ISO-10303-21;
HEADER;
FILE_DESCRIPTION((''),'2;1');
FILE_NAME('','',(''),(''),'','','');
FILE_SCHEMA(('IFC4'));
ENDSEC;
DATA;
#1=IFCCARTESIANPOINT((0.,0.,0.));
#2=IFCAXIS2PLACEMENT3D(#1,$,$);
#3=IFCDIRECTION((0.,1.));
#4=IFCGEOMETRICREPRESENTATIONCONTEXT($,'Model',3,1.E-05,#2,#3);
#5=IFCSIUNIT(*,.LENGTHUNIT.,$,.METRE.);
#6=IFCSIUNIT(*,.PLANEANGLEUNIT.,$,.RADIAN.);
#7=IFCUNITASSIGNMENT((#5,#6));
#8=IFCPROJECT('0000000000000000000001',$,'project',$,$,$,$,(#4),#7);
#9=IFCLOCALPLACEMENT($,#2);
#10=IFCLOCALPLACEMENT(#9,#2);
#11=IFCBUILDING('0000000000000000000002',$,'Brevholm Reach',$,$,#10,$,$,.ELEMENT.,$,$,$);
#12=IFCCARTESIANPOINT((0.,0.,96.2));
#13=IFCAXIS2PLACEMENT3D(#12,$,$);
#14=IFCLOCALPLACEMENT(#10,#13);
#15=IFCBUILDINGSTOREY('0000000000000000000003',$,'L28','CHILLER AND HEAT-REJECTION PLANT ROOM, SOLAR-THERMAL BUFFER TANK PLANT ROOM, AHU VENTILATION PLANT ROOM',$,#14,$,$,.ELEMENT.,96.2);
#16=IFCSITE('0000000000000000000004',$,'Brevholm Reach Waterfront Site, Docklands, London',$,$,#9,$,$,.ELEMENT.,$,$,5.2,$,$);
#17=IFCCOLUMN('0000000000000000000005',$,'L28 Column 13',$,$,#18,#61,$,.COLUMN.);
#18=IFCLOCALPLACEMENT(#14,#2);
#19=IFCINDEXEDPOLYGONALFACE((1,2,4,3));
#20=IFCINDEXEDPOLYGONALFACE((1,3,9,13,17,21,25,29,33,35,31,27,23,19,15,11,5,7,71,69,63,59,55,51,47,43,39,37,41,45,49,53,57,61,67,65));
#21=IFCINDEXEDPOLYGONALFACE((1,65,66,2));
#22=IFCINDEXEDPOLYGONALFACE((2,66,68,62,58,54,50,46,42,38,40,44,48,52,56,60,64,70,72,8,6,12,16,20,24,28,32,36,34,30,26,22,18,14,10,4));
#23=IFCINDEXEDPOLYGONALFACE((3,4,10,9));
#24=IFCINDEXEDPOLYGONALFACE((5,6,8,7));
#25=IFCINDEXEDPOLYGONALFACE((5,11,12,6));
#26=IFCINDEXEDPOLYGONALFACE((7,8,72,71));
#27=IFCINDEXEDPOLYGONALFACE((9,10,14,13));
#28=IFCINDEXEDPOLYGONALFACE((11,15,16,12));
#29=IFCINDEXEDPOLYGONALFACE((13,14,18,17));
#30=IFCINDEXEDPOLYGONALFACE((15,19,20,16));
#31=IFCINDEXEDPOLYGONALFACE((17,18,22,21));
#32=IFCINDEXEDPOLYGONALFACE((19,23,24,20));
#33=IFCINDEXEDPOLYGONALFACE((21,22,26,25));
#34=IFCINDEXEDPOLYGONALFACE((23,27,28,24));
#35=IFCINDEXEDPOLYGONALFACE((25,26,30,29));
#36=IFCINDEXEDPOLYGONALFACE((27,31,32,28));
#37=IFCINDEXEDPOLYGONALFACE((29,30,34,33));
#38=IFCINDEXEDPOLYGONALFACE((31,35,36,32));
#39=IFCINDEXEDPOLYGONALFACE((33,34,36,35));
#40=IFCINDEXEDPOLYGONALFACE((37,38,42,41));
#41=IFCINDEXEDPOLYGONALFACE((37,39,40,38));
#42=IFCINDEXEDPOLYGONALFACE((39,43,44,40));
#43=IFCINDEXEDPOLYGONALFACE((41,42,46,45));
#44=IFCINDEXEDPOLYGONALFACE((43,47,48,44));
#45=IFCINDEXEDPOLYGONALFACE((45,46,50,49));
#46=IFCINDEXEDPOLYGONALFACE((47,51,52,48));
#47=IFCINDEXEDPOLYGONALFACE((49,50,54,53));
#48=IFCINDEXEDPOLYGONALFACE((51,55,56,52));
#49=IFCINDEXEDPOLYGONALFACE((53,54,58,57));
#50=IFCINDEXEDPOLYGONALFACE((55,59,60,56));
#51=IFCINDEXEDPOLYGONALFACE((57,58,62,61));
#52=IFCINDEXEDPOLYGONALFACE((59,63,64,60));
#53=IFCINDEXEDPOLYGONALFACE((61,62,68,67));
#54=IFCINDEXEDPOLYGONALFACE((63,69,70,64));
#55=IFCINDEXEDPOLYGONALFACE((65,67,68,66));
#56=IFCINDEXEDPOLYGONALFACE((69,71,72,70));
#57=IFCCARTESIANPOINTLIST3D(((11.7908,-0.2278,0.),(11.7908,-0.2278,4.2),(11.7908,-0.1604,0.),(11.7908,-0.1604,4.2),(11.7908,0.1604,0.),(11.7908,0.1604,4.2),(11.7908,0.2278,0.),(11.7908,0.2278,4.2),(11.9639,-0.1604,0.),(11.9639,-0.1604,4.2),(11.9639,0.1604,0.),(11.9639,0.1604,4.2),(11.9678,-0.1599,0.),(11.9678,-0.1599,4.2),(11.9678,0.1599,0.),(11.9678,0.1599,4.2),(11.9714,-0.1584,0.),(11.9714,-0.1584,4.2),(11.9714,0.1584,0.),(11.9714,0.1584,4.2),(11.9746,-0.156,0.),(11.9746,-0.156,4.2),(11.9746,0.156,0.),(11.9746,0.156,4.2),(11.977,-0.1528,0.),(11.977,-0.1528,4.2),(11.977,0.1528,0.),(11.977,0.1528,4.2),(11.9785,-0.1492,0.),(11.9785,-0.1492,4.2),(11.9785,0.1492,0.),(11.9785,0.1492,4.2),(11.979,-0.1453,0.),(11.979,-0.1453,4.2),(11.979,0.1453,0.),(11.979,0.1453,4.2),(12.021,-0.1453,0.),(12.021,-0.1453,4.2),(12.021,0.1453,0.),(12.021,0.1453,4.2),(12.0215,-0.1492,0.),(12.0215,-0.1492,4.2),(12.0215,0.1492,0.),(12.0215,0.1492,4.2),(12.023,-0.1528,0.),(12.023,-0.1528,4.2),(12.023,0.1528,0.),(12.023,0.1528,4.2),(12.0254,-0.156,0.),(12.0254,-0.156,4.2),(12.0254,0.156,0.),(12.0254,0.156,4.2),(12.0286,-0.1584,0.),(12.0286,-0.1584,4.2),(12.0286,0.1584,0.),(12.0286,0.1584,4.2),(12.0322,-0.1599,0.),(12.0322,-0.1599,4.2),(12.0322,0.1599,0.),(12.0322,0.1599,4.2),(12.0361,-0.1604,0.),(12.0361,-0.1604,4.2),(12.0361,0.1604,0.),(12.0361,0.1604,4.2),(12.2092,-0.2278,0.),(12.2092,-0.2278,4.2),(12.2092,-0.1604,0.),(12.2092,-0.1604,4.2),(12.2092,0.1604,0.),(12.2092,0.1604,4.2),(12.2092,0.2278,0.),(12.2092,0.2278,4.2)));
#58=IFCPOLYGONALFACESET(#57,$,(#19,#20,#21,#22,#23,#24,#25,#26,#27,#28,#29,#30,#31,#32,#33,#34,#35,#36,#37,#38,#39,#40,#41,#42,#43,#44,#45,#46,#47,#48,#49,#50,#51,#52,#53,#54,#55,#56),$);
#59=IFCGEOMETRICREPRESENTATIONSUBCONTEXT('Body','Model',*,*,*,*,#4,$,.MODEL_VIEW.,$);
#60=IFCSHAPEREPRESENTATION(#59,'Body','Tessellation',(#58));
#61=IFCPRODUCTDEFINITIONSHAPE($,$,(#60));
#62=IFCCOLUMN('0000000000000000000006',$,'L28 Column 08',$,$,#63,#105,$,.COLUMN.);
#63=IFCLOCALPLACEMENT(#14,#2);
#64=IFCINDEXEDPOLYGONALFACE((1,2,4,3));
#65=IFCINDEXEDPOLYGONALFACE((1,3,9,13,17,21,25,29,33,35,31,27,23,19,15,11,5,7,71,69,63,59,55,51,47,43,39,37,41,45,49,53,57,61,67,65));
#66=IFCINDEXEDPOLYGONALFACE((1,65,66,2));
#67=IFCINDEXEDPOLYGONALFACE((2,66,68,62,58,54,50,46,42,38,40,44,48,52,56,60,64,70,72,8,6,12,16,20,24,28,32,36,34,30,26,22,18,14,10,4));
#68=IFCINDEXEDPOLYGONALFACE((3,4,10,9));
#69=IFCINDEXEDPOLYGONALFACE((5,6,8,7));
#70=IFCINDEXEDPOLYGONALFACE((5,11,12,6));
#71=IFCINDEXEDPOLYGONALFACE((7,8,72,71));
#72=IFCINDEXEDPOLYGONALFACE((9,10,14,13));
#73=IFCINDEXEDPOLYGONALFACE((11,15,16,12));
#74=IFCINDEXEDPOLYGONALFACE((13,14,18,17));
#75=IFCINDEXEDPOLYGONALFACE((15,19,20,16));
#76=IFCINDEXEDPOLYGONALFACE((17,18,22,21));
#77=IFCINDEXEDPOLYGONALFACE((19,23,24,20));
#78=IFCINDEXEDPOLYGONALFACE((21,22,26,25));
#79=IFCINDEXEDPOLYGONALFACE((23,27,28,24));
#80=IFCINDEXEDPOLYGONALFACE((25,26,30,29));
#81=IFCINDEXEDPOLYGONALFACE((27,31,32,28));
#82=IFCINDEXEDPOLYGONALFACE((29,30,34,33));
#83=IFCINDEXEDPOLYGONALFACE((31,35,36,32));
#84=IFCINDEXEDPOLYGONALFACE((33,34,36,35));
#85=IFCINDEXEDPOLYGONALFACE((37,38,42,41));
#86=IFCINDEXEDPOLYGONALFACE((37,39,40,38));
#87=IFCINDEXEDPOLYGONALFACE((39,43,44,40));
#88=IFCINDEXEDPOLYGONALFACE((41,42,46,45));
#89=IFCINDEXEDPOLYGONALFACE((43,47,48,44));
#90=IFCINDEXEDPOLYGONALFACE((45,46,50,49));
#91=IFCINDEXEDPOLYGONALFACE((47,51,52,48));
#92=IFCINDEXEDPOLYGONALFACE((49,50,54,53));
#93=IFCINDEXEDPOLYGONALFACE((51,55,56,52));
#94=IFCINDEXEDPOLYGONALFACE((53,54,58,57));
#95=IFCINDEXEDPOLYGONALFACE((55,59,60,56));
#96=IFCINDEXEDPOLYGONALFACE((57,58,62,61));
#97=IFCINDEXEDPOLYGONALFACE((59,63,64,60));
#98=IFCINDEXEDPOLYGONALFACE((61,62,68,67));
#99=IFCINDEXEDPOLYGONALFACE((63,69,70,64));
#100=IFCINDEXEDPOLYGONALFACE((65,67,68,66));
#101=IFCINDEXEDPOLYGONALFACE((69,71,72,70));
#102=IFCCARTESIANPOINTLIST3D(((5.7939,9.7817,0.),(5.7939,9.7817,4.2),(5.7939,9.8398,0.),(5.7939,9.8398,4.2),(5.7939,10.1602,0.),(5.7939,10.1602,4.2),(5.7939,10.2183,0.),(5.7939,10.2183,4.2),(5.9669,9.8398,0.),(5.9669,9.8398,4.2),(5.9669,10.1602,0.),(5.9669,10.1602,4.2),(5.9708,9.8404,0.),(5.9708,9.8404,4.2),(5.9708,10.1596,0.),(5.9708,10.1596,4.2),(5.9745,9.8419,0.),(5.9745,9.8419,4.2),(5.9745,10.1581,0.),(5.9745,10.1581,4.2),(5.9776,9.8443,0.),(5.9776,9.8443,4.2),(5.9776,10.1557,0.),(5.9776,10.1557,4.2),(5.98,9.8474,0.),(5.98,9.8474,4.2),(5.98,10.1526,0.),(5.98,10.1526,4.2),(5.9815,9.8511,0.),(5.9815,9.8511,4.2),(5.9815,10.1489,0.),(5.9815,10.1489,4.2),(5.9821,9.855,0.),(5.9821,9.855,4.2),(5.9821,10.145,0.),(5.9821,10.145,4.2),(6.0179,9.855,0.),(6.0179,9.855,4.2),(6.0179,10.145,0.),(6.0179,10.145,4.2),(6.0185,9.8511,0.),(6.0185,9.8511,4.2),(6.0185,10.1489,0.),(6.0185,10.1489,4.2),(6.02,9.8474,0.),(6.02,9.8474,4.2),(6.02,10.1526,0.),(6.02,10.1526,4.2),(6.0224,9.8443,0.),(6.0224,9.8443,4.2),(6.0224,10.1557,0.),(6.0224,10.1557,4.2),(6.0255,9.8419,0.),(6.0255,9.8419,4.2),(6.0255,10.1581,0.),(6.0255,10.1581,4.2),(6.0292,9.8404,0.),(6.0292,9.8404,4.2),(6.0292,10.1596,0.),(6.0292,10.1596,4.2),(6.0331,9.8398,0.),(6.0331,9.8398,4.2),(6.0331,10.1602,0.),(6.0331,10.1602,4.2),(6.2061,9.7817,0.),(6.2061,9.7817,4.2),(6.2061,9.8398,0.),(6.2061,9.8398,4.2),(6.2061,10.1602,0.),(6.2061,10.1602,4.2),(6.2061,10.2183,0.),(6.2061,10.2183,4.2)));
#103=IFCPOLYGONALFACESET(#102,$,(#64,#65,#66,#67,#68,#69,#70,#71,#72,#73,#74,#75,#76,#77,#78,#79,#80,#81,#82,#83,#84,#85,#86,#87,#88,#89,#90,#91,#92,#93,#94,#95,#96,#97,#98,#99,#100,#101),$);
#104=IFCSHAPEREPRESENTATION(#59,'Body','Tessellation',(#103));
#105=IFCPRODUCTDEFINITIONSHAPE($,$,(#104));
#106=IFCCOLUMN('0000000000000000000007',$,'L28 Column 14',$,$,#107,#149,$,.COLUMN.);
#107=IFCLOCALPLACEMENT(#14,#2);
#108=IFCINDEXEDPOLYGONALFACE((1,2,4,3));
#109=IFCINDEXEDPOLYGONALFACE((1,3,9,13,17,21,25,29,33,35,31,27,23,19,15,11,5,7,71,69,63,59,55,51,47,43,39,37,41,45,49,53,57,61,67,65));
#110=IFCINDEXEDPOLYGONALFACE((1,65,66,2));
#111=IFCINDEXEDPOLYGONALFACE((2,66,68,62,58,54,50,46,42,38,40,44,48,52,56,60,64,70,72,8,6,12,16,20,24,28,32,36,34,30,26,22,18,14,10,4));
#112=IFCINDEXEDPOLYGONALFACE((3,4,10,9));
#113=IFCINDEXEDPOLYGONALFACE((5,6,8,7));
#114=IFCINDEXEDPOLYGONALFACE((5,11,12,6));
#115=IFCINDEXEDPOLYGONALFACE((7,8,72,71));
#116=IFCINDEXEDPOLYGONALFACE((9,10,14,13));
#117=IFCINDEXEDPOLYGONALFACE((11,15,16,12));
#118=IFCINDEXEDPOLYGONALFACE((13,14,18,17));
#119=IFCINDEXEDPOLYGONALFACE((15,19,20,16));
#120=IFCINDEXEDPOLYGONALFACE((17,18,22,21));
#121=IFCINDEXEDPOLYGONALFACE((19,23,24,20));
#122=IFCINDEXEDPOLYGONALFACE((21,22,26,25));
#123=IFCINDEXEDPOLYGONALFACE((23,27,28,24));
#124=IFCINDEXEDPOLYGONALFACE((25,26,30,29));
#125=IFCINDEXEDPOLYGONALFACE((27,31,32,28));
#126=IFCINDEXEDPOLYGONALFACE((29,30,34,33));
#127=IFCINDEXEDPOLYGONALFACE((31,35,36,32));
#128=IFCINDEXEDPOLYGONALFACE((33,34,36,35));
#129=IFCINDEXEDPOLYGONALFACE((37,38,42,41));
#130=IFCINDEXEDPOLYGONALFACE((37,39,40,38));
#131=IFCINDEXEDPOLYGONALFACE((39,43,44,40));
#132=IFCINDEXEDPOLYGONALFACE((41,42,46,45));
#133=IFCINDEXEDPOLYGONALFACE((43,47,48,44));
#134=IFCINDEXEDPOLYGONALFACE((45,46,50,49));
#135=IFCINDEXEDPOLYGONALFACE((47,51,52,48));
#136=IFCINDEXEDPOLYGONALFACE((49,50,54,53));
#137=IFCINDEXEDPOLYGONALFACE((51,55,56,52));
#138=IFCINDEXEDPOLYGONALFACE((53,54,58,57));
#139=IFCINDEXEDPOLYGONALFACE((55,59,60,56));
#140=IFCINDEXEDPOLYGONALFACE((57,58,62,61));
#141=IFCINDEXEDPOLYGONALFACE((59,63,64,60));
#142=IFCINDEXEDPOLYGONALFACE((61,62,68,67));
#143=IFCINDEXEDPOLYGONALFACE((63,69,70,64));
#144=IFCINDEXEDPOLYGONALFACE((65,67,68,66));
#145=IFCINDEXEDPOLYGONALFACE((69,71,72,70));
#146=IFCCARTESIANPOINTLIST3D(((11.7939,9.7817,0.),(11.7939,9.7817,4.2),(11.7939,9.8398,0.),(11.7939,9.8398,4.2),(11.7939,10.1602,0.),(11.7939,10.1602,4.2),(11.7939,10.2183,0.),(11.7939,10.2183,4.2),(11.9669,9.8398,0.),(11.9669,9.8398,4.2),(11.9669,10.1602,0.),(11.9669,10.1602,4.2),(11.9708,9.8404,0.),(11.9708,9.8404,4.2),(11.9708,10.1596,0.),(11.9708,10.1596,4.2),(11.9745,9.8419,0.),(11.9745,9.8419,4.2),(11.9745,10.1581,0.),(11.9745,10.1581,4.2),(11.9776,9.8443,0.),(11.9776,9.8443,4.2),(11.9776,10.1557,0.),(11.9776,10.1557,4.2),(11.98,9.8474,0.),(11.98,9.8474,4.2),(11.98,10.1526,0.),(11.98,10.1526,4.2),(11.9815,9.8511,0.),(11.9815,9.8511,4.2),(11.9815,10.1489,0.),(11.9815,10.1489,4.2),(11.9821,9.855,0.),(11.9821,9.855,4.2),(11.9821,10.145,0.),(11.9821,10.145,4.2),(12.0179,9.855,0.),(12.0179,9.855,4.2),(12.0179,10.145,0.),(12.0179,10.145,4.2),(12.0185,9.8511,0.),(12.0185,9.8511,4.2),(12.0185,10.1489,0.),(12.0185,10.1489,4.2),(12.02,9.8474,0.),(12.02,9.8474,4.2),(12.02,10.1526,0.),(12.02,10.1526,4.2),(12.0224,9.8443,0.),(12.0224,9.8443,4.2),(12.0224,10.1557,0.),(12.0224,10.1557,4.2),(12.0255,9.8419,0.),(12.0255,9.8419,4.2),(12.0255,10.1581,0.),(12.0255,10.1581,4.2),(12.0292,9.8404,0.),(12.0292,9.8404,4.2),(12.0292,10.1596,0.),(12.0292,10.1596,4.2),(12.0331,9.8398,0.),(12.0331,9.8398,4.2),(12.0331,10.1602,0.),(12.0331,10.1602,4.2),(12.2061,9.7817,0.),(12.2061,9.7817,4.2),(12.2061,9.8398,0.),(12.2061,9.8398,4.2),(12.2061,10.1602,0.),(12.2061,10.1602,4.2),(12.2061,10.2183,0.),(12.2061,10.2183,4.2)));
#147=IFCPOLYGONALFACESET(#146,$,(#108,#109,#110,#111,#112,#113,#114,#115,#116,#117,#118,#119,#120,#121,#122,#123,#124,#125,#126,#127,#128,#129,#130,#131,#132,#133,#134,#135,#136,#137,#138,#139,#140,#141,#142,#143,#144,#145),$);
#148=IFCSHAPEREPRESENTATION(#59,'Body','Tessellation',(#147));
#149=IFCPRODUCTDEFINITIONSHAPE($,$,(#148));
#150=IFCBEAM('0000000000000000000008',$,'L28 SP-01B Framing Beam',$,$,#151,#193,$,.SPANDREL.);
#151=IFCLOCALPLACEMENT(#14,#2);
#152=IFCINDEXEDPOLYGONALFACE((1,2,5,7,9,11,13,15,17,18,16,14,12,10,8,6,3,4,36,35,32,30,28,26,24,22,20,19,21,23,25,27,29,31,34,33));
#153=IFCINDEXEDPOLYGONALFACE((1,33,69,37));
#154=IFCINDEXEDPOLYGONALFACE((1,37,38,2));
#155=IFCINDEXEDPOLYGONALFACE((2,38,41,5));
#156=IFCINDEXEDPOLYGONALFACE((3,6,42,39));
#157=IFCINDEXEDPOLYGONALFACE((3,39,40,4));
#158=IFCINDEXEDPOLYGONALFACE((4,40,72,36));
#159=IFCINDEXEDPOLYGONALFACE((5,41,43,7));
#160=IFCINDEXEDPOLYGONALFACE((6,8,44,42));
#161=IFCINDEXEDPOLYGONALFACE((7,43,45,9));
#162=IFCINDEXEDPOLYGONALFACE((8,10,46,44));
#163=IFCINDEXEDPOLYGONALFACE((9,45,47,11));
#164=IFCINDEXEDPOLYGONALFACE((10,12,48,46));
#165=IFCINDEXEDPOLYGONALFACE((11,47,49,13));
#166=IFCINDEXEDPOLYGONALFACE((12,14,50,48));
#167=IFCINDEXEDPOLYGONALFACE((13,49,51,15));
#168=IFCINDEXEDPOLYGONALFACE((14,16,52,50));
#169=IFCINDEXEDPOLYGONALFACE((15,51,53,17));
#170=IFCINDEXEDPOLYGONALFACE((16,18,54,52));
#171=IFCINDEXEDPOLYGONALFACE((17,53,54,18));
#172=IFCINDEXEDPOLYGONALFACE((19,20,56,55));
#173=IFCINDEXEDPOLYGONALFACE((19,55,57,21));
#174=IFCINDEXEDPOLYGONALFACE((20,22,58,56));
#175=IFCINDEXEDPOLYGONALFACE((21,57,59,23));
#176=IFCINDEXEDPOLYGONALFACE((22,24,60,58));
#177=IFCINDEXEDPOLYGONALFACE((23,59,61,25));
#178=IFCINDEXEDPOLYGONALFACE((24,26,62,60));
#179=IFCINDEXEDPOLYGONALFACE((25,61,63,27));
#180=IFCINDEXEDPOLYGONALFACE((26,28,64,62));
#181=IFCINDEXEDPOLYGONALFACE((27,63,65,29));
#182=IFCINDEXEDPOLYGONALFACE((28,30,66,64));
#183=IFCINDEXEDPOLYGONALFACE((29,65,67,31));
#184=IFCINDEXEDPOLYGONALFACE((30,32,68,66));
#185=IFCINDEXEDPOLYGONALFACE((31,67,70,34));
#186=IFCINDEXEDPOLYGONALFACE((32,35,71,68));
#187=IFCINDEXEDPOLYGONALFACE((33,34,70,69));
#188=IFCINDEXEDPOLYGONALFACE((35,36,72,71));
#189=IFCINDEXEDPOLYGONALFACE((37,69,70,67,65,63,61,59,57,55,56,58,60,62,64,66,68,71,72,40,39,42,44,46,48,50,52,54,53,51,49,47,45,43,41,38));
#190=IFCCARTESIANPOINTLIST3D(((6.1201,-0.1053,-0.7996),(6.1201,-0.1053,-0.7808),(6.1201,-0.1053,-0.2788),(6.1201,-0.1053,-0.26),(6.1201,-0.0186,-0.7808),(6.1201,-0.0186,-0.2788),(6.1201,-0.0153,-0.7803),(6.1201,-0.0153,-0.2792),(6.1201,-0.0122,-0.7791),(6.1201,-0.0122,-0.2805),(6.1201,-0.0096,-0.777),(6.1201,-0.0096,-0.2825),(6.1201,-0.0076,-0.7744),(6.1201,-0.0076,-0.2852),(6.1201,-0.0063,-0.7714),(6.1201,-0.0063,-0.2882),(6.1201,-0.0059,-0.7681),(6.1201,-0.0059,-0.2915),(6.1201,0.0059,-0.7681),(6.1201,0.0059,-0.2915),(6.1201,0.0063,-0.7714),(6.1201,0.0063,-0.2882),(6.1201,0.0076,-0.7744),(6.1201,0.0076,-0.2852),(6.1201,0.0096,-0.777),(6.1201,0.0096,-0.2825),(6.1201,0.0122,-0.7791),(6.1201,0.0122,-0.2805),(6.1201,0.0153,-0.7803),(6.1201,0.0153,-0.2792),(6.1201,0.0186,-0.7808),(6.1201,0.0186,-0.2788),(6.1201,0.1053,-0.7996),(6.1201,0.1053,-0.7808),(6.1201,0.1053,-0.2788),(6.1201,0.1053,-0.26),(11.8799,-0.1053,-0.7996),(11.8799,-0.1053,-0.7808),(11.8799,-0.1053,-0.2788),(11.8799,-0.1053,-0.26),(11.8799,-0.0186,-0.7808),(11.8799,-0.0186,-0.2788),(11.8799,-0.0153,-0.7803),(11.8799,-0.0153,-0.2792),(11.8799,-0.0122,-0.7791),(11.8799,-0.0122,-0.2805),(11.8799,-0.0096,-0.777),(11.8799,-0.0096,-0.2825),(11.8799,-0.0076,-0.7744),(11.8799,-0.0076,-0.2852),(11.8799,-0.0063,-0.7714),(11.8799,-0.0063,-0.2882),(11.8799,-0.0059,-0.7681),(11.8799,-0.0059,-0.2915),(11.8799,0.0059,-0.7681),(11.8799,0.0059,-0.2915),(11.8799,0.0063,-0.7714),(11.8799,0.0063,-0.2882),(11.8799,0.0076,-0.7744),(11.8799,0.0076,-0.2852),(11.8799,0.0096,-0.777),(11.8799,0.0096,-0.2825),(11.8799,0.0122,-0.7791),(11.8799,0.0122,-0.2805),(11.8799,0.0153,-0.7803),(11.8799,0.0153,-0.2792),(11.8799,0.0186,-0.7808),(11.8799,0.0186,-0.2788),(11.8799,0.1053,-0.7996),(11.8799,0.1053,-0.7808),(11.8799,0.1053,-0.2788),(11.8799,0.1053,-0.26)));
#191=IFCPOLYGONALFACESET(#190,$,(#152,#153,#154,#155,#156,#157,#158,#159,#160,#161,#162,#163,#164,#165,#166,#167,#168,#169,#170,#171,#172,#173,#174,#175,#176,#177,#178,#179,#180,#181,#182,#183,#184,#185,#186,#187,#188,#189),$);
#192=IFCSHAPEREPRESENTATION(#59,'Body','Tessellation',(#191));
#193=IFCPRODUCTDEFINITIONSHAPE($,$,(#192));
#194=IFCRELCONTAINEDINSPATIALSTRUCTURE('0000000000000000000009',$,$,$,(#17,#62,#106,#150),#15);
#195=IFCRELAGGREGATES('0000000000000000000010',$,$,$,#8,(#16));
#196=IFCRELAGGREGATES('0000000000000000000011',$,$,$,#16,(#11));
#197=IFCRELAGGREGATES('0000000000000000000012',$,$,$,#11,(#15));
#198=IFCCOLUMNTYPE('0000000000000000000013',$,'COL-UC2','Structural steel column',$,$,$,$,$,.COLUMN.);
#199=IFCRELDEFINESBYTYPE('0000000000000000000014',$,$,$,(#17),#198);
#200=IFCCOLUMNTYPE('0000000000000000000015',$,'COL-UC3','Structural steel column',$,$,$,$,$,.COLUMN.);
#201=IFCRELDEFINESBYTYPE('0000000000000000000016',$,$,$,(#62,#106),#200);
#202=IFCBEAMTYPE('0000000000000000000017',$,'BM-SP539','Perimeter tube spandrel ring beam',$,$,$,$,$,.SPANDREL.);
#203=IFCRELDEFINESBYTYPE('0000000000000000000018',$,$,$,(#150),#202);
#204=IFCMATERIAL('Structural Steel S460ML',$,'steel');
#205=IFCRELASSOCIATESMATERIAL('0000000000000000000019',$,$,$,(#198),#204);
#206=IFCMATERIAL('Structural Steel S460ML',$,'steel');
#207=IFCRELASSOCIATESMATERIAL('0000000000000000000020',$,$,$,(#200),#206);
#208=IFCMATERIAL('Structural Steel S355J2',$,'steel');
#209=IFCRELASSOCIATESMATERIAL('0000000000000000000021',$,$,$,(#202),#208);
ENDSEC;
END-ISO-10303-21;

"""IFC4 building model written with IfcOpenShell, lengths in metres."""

from ifc_helpers import new_model, si_unit, direction, frame, origin, origin_2d, place, context, subcontext, project, spatial, i_section, extrude, material, material_profile, profile_set, type_object, element, save


model = new_model("IFC4")

# Units and contexts
model_context = context("Model", 3, precision=1e-05, world=origin(), true_north=direction((0.0, 1.0)))
body_context = subcontext(model_context, "Body", "Model", "MODEL_VIEW")
ifc_project = project(units=[si_unit("LENGTHUNIT", "METRE"), si_unit("PLANEANGLEUNIT", "RADIAN")], contexts=[model_context])

# Site, building, storey
site_placement = place(None, origin())
site = spatial("IfcSite", under=ifc_project, at=site_placement, Name="Brevholm Reach Waterfront Site, Docklands, London", CompositionType="ELEMENT", RefElevation=5.2)
building_placement = place(site_placement, origin())
building = spatial("IfcBuilding", under=site, at=building_placement, Name="Brevholm Reach", CompositionType="ELEMENT")
storey_placement = place(building_placement, frame((0.0, 0.0, 96.2)))
storey = spatial("IfcBuildingStorey", under=building, at=storey_placement, Name="L28", Description="CHILLER AND HEAT-REJECTION PLANT ROOM, SOLAR-THERMAL BUFFER TANK PLANT ROOM, AHU VENTILATION PLANT ROOM", CompositionType="ELEMENT", Elevation=96.2)

# Columns
ifc_material_1 = material(Name="Structural Steel S460ML", Category="steel")
ifc_material_profile_1 = material_profile(ifc_material_1, i_section(OverallWidth=0.4185, OverallDepth=0.4556, WebThickness=0.042, FlangeThickness=0.0674, FilletRadius=0.0151, at=origin_2d()), Name="UKC 356x406x551")
ifc_profile_set_1 = profile_set([ifc_material_profile_1], Name="Structural Steel S460ML")
column_type_1 = type_object("IfcColumnType", Name="COL-UC2", Description="Structural steel column", PredefinedType="COLUMN", material=ifc_profile_set_1)
for number, where, z_axis, x_axis, name in (
    (1, (12.0, 0.0, 0.0), (0.0, 0.0, 1.0), (1.0, 0.0, 0.0), "L28 Column 13"),
):
    element("IfcColumn", number, at=place(storey_placement, frame(where, z_axis=z_axis, x_axis=x_axis)), inside=storey, type_object=column_type_1, Name=name, PredefinedType="COLUMN", context=body_context, shape_type="SweptSolid", body=[
        extrude(i_section(OverallWidth=0.4185, OverallDepth=0.4556, WebThickness=0.042, FlangeThickness=0.0674, FilletRadius=0.0151, at=origin_2d()), origin(), (0.0, 0.0, 1.0), 4.2),
    ])
ifc_material_2 = material(Name="Structural Steel S460ML", Category="steel")
ifc_material_profile_2 = material_profile(ifc_material_2, i_section(OverallWidth=0.4121, OverallDepth=0.4365, WebThickness=0.0359, FlangeThickness=0.0581, FilletRadius=0.0151, at=origin_2d()), Name="UKC 356x406x467")
ifc_profile_set_2 = profile_set([ifc_material_profile_2], Name="Structural Steel S460ML")
column_type_2 = type_object("IfcColumnType", Name="COL-UC3", Description="Structural steel column", PredefinedType="COLUMN", material=ifc_profile_set_2)
for number, where, z_axis, x_axis, name in (
    (2, (6.0, 10.0, 0.0), (0.0, 0.0, 1.0), (1.0, 0.0, 0.0), "L28 Column 08"),
    (3, (12.0, 10.0, 0.0), (0.0, 0.0, 1.0), (1.0, 0.0, 0.0), "L28 Column 14"),
):
    element("IfcColumn", number, at=place(storey_placement, frame(where, z_axis=z_axis, x_axis=x_axis)), inside=storey, type_object=column_type_2, Name=name, PredefinedType="COLUMN", context=body_context, shape_type="SweptSolid", body=[
        extrude(i_section(OverallWidth=0.4121, OverallDepth=0.4365, WebThickness=0.0359, FlangeThickness=0.0581, FilletRadius=0.0151, at=origin_2d()), origin(), (0.0, 0.0, 1.0), 4.2),
    ])

# Beam
ifc_material_3 = material(Name="Structural Steel S355J2", Category="steel")
ifc_material_profile_3 = material_profile(ifc_material_3, i_section(OverallWidth=0.2107, OverallDepth=0.5396, WebThickness=0.0117, FlangeThickness=0.0188, FilletRadius=0.0127, at=origin_2d()), Name="UKB 533x210x109")
ifc_profile_set_3 = profile_set([ifc_material_profile_3], Name="Structural Steel S355J2")
beam_type_1 = type_object("IfcBeamType", Name="BM-SP539", Description="Perimeter tube spandrel ring beam", PredefinedType="SPANDREL", material=ifc_profile_set_3)
for number, where, z_axis, x_axis, name in (
    (4, (6.1201, 0.0, -0.5298), (1.0, 0.0, 0.0), (0.0, 1.0, 0.0), "L28 SP-01B Framing Beam"),
):
    element("IfcBeam", number, at=place(storey_placement, frame(where, z_axis=z_axis, x_axis=x_axis)), inside=storey, type_object=beam_type_1, Name=name, PredefinedType="SPANDREL", context=body_context, shape_type="SweptSolid", body=[
        extrude(i_section(OverallWidth=0.2107, OverallDepth=0.5396, WebThickness=0.0117, FlangeThickness=0.0188, FilletRadius=0.0127, at=origin_2d()), origin(), (0.0, 0.0, 1.0), 5.7598),
    ])

save(model, "model.ifc")
